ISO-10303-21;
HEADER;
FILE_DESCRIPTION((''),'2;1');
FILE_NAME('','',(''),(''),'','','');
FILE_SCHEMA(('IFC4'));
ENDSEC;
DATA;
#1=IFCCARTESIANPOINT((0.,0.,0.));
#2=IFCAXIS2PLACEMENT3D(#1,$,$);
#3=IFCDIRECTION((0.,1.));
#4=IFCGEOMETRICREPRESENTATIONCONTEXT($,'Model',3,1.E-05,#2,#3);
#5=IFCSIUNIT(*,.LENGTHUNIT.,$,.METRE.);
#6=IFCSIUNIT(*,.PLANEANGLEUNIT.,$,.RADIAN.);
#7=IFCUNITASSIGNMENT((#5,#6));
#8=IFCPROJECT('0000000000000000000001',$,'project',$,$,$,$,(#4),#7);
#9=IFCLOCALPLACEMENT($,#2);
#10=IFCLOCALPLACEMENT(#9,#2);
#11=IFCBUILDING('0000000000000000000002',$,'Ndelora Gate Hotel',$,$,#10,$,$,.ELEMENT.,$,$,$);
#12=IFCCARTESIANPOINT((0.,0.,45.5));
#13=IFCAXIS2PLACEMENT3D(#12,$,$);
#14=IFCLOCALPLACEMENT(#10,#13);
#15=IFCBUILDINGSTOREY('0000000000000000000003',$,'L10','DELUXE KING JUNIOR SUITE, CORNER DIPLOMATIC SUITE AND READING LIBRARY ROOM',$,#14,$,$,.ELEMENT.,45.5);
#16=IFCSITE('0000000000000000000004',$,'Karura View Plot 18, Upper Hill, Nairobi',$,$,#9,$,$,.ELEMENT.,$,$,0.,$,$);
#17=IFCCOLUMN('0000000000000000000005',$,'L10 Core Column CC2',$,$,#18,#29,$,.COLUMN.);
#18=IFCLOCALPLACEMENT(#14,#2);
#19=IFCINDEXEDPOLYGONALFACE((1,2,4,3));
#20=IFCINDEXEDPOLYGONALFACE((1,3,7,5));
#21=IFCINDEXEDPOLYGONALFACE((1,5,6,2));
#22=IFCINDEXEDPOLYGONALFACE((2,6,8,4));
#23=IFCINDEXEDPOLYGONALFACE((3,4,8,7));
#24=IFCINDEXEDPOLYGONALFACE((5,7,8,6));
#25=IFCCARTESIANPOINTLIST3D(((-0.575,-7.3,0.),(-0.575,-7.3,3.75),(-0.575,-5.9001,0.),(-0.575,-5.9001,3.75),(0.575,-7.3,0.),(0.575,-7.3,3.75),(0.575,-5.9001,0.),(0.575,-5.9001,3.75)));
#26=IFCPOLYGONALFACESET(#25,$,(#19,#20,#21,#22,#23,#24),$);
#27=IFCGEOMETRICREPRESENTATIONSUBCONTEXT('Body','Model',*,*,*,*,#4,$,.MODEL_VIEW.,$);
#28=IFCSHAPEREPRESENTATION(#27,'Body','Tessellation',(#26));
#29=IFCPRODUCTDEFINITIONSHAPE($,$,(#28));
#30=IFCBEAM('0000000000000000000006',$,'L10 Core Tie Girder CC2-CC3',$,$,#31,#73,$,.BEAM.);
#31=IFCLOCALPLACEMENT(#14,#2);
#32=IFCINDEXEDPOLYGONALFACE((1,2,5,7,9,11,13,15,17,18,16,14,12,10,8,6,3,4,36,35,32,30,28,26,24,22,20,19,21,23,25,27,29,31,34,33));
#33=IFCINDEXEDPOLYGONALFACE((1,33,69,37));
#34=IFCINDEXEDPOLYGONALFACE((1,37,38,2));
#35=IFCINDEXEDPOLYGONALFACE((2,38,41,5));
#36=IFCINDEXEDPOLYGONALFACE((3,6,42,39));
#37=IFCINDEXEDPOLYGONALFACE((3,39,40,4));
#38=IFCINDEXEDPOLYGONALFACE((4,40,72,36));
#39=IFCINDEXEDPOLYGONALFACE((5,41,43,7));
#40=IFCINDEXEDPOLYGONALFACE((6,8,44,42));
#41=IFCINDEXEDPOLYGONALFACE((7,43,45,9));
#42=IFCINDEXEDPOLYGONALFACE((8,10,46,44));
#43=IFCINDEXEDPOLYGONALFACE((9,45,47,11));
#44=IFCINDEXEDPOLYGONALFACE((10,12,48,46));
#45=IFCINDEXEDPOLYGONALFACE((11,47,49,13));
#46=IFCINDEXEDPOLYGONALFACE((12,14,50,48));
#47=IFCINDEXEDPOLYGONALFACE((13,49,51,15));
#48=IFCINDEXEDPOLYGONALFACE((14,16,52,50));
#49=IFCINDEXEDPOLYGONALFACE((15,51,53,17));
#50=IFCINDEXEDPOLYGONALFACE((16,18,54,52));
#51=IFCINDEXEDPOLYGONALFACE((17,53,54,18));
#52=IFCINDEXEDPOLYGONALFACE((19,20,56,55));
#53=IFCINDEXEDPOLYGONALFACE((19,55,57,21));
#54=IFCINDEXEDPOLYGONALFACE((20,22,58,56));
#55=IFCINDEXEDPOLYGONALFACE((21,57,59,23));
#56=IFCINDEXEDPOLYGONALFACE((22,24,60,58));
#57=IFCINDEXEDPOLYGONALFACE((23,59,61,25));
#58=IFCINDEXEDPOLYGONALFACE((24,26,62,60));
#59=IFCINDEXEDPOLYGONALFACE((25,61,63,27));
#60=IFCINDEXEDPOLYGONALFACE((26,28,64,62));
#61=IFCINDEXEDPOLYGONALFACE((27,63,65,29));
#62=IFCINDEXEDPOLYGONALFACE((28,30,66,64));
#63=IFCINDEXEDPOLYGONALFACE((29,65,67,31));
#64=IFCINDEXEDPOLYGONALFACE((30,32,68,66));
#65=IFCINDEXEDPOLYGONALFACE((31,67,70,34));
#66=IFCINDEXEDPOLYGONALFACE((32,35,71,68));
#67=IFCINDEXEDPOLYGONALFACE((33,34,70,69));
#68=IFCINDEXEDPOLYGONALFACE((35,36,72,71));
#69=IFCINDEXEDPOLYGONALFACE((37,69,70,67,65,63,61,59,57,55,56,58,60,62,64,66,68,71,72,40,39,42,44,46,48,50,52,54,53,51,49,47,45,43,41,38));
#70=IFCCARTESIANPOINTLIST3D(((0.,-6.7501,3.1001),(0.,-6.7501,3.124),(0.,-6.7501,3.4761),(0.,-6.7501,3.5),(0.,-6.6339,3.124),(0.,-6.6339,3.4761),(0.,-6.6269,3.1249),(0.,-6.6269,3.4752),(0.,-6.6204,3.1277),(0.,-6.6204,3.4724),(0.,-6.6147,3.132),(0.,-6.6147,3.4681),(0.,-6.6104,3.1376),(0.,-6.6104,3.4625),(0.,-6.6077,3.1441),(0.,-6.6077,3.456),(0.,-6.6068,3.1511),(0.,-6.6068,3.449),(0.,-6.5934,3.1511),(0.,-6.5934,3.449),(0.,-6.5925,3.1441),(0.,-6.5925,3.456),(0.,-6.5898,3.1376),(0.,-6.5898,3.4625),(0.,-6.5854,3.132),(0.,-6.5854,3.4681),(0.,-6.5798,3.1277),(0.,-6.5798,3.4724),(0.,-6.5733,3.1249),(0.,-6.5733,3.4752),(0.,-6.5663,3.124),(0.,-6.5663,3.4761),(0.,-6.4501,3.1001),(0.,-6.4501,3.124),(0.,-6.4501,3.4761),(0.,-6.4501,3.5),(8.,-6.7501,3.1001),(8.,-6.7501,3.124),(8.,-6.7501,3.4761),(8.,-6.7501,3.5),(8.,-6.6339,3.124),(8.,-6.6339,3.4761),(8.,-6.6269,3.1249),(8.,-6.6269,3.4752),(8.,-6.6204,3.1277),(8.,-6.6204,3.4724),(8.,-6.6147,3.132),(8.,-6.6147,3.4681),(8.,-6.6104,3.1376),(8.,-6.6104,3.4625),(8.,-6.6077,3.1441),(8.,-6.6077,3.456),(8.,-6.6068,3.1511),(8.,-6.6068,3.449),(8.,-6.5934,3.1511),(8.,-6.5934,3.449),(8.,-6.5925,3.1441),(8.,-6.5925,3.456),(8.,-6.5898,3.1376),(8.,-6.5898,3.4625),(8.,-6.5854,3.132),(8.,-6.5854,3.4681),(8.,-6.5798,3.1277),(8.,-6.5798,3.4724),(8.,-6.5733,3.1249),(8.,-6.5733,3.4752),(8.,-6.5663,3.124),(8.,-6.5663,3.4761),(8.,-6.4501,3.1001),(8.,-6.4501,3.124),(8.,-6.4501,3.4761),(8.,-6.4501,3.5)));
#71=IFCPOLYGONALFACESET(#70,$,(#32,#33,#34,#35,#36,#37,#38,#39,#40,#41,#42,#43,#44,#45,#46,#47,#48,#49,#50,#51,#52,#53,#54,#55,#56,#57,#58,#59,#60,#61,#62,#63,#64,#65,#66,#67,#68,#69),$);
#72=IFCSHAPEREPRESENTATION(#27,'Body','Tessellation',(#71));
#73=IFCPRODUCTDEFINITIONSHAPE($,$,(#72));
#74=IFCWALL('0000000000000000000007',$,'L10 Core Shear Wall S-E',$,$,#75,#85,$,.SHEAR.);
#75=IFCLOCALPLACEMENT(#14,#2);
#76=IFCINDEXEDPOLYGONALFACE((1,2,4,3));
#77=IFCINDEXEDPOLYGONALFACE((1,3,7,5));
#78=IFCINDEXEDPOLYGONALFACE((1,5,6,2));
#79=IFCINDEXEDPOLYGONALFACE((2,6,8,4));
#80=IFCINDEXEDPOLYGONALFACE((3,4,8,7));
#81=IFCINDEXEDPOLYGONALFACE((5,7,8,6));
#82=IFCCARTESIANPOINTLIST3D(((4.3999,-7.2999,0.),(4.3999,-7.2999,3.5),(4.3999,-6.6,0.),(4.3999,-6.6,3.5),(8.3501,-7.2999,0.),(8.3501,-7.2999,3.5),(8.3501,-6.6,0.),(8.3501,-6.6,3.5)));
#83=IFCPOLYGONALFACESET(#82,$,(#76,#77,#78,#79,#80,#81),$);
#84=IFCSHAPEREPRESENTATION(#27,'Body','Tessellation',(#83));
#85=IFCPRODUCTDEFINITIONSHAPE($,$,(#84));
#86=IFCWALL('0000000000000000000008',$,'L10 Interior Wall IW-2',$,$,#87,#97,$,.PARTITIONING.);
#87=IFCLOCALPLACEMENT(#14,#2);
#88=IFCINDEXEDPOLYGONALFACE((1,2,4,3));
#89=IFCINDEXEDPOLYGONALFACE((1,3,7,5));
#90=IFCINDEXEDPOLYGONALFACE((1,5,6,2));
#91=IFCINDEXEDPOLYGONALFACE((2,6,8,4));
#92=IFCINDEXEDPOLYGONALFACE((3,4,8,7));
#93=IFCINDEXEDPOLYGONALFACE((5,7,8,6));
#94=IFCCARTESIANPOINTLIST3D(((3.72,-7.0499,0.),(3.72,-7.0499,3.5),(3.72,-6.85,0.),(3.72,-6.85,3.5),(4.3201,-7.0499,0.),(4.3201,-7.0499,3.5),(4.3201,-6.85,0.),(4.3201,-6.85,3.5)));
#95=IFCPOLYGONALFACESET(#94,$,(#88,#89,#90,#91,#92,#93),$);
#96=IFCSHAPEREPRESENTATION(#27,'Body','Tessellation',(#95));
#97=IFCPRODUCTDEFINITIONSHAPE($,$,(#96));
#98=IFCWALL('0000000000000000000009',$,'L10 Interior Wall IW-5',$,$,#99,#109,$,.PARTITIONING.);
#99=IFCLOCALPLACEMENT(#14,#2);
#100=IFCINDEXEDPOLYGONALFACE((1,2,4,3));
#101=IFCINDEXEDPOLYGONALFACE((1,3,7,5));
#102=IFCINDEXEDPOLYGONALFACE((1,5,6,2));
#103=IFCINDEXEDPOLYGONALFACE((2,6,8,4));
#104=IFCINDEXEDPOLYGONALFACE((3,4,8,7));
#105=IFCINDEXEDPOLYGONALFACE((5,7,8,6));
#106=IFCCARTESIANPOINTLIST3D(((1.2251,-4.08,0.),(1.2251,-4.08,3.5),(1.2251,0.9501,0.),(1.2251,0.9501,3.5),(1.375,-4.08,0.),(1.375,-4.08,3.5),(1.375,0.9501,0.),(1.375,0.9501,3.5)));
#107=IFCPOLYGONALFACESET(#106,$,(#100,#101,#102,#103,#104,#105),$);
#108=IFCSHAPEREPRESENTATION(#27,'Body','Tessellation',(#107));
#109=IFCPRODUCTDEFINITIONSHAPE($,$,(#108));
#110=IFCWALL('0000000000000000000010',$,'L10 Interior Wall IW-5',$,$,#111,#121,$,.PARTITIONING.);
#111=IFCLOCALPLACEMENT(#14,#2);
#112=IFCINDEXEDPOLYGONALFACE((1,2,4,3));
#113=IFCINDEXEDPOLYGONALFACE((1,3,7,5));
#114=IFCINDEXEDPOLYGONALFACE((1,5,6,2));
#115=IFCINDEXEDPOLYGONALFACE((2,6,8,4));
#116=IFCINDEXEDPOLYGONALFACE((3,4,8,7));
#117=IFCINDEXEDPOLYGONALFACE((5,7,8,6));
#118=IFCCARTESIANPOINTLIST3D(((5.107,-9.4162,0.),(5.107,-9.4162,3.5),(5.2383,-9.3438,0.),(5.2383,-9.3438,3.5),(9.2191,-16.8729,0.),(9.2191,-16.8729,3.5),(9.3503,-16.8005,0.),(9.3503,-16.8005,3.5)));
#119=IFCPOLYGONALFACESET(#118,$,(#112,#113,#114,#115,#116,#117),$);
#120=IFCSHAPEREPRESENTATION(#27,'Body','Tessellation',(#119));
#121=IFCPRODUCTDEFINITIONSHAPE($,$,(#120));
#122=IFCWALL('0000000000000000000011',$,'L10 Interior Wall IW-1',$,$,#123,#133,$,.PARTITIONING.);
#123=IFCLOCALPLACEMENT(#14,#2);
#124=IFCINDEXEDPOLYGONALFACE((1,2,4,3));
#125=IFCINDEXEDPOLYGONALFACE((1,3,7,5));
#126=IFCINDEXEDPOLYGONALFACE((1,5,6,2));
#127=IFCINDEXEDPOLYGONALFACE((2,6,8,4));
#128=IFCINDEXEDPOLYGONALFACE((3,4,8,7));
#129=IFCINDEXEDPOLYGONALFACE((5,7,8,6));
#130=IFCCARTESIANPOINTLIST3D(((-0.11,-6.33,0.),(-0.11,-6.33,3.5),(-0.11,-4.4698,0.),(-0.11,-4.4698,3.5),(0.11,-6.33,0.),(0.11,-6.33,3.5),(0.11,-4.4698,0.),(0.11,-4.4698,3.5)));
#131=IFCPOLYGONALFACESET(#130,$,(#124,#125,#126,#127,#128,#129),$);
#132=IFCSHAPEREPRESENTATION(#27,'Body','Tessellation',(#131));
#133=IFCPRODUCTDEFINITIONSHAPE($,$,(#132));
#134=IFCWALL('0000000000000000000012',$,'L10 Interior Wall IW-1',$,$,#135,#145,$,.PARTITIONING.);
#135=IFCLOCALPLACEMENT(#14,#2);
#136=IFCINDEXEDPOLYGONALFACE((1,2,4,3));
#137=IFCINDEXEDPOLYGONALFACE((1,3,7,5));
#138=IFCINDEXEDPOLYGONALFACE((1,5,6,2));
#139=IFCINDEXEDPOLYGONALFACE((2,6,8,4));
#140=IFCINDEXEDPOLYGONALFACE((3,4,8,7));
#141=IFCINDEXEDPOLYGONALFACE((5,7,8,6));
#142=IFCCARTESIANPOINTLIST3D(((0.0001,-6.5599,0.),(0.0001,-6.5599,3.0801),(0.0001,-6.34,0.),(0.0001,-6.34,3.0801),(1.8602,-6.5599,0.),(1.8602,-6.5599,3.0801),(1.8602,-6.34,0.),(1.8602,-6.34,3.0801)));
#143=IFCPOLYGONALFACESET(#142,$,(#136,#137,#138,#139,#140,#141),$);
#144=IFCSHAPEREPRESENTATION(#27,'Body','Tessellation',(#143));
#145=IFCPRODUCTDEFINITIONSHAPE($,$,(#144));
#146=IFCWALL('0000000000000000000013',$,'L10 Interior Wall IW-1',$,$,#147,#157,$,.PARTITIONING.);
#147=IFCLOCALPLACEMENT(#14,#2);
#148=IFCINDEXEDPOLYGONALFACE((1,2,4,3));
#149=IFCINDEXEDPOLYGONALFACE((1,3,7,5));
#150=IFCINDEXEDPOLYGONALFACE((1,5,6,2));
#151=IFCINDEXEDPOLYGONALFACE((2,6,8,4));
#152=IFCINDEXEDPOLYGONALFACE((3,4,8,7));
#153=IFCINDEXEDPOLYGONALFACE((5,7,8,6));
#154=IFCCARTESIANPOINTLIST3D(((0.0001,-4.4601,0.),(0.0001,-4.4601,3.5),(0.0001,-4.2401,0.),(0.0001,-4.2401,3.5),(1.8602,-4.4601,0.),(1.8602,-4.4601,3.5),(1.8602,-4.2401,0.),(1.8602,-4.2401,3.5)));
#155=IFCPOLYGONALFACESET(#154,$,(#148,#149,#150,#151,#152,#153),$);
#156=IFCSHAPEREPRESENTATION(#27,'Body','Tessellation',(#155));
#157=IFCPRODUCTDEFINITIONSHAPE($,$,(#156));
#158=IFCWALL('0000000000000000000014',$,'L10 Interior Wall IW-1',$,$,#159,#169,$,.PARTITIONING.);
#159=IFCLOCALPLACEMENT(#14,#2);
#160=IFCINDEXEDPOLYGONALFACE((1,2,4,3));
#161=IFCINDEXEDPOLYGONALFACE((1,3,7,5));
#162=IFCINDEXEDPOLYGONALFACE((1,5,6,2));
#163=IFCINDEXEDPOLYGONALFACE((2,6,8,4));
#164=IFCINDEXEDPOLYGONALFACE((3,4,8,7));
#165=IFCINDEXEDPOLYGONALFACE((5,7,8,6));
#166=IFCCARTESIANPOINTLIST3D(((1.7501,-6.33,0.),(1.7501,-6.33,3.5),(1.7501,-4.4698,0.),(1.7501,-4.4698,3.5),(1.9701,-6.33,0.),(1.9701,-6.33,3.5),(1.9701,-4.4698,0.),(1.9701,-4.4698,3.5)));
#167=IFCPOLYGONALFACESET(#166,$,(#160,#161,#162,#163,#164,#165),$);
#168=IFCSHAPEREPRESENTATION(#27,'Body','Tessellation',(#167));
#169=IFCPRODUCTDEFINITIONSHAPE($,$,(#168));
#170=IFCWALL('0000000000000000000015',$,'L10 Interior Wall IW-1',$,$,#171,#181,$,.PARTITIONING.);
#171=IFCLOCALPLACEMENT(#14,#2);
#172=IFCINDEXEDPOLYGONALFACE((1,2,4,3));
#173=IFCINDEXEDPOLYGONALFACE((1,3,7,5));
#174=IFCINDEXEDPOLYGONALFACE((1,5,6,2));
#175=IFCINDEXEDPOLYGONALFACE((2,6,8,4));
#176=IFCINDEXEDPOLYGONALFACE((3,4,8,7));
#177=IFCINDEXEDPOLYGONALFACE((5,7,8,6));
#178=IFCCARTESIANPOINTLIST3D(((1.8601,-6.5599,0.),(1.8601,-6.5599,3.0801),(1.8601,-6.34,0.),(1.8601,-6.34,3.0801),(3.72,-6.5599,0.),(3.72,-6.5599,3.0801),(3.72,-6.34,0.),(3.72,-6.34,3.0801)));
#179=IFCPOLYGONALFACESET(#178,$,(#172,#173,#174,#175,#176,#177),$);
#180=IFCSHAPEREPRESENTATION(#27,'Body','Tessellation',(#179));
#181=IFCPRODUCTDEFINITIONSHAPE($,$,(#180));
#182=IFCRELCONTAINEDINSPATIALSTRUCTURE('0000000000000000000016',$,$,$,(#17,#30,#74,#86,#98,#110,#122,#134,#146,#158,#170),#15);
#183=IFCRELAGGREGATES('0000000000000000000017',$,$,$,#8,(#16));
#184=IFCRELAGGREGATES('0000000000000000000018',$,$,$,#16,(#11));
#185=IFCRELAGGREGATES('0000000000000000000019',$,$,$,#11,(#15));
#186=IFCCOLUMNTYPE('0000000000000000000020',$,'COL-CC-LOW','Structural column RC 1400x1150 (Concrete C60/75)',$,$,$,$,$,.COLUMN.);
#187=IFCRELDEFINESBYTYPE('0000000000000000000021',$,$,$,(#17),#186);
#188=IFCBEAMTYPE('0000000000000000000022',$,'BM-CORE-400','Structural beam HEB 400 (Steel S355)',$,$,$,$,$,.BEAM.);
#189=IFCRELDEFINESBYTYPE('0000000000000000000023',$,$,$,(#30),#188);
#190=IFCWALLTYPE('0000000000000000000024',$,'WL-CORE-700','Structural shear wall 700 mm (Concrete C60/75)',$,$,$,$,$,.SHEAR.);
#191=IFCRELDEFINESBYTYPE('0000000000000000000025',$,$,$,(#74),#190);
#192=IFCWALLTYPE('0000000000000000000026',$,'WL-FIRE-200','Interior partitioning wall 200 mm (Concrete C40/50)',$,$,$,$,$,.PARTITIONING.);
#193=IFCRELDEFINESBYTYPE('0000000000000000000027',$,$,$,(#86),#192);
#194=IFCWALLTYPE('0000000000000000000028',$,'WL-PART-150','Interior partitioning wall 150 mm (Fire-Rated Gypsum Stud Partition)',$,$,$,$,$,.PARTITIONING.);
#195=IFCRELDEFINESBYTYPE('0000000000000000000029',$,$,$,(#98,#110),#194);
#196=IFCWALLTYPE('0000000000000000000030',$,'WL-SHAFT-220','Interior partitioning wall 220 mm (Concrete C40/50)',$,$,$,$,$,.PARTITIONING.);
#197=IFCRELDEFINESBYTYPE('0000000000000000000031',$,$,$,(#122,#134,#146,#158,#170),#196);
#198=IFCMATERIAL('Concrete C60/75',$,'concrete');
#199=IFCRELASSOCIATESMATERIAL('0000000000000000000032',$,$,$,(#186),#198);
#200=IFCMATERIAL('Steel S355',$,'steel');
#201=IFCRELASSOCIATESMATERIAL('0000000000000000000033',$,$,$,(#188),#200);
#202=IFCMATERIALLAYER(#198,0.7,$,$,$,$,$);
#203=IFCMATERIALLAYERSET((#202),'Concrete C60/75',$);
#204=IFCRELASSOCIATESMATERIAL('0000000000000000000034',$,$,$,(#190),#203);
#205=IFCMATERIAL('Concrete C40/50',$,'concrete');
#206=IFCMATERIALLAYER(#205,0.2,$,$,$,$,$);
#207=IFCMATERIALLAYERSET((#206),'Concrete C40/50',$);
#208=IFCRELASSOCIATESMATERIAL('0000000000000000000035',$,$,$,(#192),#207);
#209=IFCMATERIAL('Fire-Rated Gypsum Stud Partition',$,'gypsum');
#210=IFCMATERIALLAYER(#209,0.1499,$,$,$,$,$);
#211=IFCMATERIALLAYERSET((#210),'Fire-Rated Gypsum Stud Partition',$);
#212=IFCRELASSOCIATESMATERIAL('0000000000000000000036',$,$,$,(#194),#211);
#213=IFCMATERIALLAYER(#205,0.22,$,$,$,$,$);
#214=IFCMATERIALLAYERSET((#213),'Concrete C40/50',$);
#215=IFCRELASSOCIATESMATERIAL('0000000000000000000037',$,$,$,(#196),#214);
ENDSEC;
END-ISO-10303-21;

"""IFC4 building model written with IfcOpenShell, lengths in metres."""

from ifc_helpers import new_model, si_unit, direction, frame, frame_2d, origin, origin_2d, place, context, subcontext, project, spatial, rectangle, i_section, extrude, material, layer, layer_set, material_profile, profile_set, type_object, element, save


model = new_model("IFC4")

# Units and contexts
model_context = context("Model", 3, precision=1e-05, world=origin(), true_north=direction((0.0, 1.0)))
body_context = subcontext(model_context, "Body", "Model", "MODEL_VIEW")
ifc_project = project(units=[si_unit("LENGTHUNIT", "METRE"), si_unit("PLANEANGLEUNIT", "RADIAN")], contexts=[model_context])

# Site, building, storey
site_placement = place(None, origin())
site = spatial("IfcSite", under=ifc_project, at=site_placement, Name="Karura View Plot 18, Upper Hill, Nairobi", CompositionType="ELEMENT", RefElevation=0.0)
building_placement = place(site_placement, origin())
building = spatial("IfcBuilding", under=site, at=building_placement, Name="Ndelora Gate Hotel", CompositionType="ELEMENT")
storey_placement = place(building_placement, frame((0.0, 0.0, 45.5)))
storey = spatial("IfcBuildingStorey", under=building, at=storey_placement, Name="L10", Description="DELUXE KING JUNIOR SUITE, CORNER DIPLOMATIC SUITE AND READING LIBRARY ROOM", CompositionType="ELEMENT", Elevation=45.5)

# Column
ifc_material_1 = material(Name="Concrete C60/75", Category="concrete")
ifc_material_profile_1 = material_profile(ifc_material_1, rectangle(XDim=1.1499, YDim=1.3999, at=origin_2d()), Name="RC 1400x1150")
ifc_profile_set_1 = profile_set([ifc_material_profile_1], Name="Concrete C60/75")
column_type = type_object("IfcColumnType", Name="COL-CC-LOW", Description="Structural column RC 1400x1150 (Concrete C60/75)", PredefinedType="COLUMN", material=ifc_profile_set_1)
column_placement = place(storey_placement, frame((0.0, -6.6001, 0.0), z_axis=(0.0, 0.0, 1.0), x_axis=(1.0, 0.0, 0.0)))
element("IfcColumn", 1, at=column_placement, inside=storey, type_object=column_type, Name="L10 Core Column CC2", PredefinedType="COLUMN", context=body_context, shape_type="SweptSolid", body=[
    extrude(rectangle(XDim=1.1499, YDim=1.3999, at=origin_2d()), origin(), (0.0, 0.0, 1.0), 3.75),
])

# Beam
ifc_material_2 = material(Name="Steel S355", Category="steel")
ifc_material_profile_2 = material_profile(ifc_material_2, i_section(OverallWidth=0.3, OverallDepth=0.3999, WebThickness=0.0134, FlangeThickness=0.0239, FilletRadius=0.0271, at=origin_2d()), Name="HEB 400")
ifc_profile_set_2 = profile_set([ifc_material_profile_2], Name="Steel S355")
beam_type = type_object("IfcBeamType", Name="BM-CORE-400", Description="Structural beam HEB 400 (Steel S355)", PredefinedType="BEAM", material=ifc_profile_set_2)
beam_placement = place(storey_placement, frame((0.0, -6.6001, 3.3), z_axis=(1.0, 0.0, 0.0), x_axis=(0.0, 1.0, 0.0)))
element("IfcBeam", 2, at=beam_placement, inside=storey, type_object=beam_type, Name="L10 Core Tie Girder CC2-CC3", PredefinedType="BEAM", context=body_context, shape_type="SweptSolid", body=[
    extrude(i_section(OverallWidth=0.3, OverallDepth=0.3999, WebThickness=0.0134, FlangeThickness=0.0239, FilletRadius=0.0271, at=origin_2d()), origin(), (0.0, 0.0, 1.0), 8.0),
])

# Walls
ifc_layer_1 = layer(ifc_material_1, 0.7)
ifc_layer_set_1 = layer_set([ifc_layer_1], Name="Concrete C60/75")
wall_type_1 = type_object("IfcWallType", Name="WL-CORE-700", Description="Structural shear wall 700 mm (Concrete C60/75)", PredefinedType="SHEAR", material=ifc_layer_set_1)
wall_1_placement = place(storey_placement, frame((4.3999, -6.95, 0.0), z_axis=(0.0, 0.0, 1.0), x_axis=(1.0, 0.0, 0.0)))
element("IfcWall", 3, at=wall_1_placement, inside=storey, type_object=wall_type_1, Name="L10 Core Shear Wall S-E", PredefinedType="SHEAR", context=body_context, shape_type="SweptSolid", body=[
    extrude(rectangle(XDim=3.9502, YDim=0.7, at=frame_2d((1.9751, 0.0))), origin(), (0.0, 0.0, 1.0), 3.5),
])
ifc_material_3 = material(Name="Concrete C40/50", Category="concrete")
ifc_layer_2 = layer(ifc_material_3, 0.2)
ifc_layer_set_2 = layer_set([ifc_layer_2], Name="Concrete C40/50")
wall_type_2 = type_object("IfcWallType", Name="WL-FIRE-200", Description="Interior partitioning wall 200 mm (Concrete C40/50)", PredefinedType="PARTITIONING", material=ifc_layer_set_2)
wall_2_placement = place(storey_placement, frame((3.72, -6.95, 0.0), z_axis=(0.0, 0.0, 1.0), x_axis=(1.0, 0.0, 0.0)))
element("IfcWall", 4, at=wall_2_placement, inside=storey, type_object=wall_type_2, Name="L10 Interior Wall IW-2", PredefinedType="PARTITIONING", context=body_context, shape_type="SweptSolid", body=[
    extrude(rectangle(XDim=0.6001, YDim=0.2, at=frame_2d((0.3, 0.0))), origin(), (0.0, 0.0, 1.0), 3.5),
])
ifc_material_4 = material(Name="Fire-Rated Gypsum Stud Partition", Category="gypsum")
ifc_layer_3 = layer(ifc_material_4, 0.1499)
ifc_layer_set_3 = layer_set([ifc_layer_3], Name="Fire-Rated Gypsum Stud Partition")
wall_type_3 = type_object("IfcWallType", Name="WL-PART-150", Description="Interior partitioning wall 150 mm (Fire-Rated Gypsum Stud Partition)", PredefinedType="PARTITIONING", material=ifc_layer_set_3)
wall_3_placement = place(storey_placement, frame((1.3, -4.0801, 0.0), z_axis=(0.0, 0.0, 1.0), x_axis=(0.0, 1.0, 0.0)))
element("IfcWall", 5, at=wall_3_placement, inside=storey, type_object=wall_type_3, Name="L10 Interior Wall IW-5", PredefinedType="PARTITIONING", context=body_context, shape_type="SweptSolid", body=[
    extrude(rectangle(XDim=5.03, YDim=0.1499, at=frame_2d((2.5151, 0.0))), origin(), (0.0, 0.0, 1.0), 3.5),
])
wall_4_placement = place(storey_placement, frame((5.1726, -9.3799, 0.0), z_axis=(0.0, 0.0, 1.0), x_axis=(0.482895, -0.875678, 0.0)))
element("IfcWall", 6, at=wall_4_placement, inside=storey, type_object=wall_type_3, Name="L10 Interior Wall IW-5", PredefinedType="PARTITIONING", context=body_context, shape_type="SweptSolid", body=[
    extrude(rectangle(XDim=8.5154, YDim=0.1499, at=frame_2d((4.2578, 0.0))), origin(), (0.0, 0.0, 1.0), 3.5),
])
ifc_layer_4 = layer(ifc_material_3, 0.22)
ifc_layer_set_4 = layer_set([ifc_layer_4], Name="Concrete C40/50")
wall_type_4 = type_object("IfcWallType", Name="WL-SHAFT-220", Description="Interior partitioning wall 220 mm (Concrete C40/50)", PredefinedType="PARTITIONING", material=ifc_layer_set_4)
wall_5_placement = place(storey_placement, frame((0.0, -6.3301, 0.0), z_axis=(0.0, 0.0, 1.0), x_axis=(0.0, 1.0, 0.0)))
element("IfcWall", 7, at=wall_5_placement, inside=storey, type_object=wall_type_4, Name="L10 Interior Wall IW-1", PredefinedType="PARTITIONING", context=body_context, shape_type="SweptSolid", body=[
    extrude(rectangle(XDim=1.8601, YDim=0.22, at=frame_2d((0.9302, 0.0))), origin(), (0.0, 0.0, 1.0), 3.5),
])
wall_6_placement = place(storey_placement, frame((0.0, -6.45, 0.0), z_axis=(0.0, 0.0, 1.0), x_axis=(1.0, 0.0, 0.0)))
element("IfcWall", 8, at=wall_6_placement, inside=storey, type_object=wall_type_4, Name="L10 Interior Wall IW-1", PredefinedType="PARTITIONING", context=body_context, shape_type="SweptSolid", body=[
    extrude(rectangle(XDim=1.8601, YDim=0.22, at=frame_2d((0.9302, 0.0))), origin(), (0.0, 0.0, 1.0), 3.0801),
])
for number, where, z_axis, x_axis, name in (
    (9, (0.0, -4.3501, 0.0), (0.0, 0.0, 1.0), (1.0, 0.0, 0.0), "L10 Interior Wall IW-1"),
    (10, (1.8601, -6.3301, 0.0), (0.0, 0.0, 1.0), (0.0, 1.0, 0.0), "L10 Interior Wall IW-1"),
):
    element("IfcWall", number, at=place(storey_placement, frame(where, z_axis=z_axis, x_axis=x_axis)), inside=storey, type_object=wall_type_4, Name=name, PredefinedType="PARTITIONING", context=body_context, shape_type="SweptSolid", body=[
        extrude(rectangle(XDim=1.8601, YDim=0.22, at=frame_2d((0.9302, 0.0))), origin(), (0.0, 0.0, 1.0), 3.5),
    ])
wall_7_placement = place(storey_placement, frame((1.8601, -6.45, 0.0), z_axis=(0.0, 0.0, 1.0), x_axis=(1.0, 0.0, 0.0)))
element("IfcWall", 11, at=wall_7_placement, inside=storey, type_object=wall_type_4, Name="L10 Interior Wall IW-1", PredefinedType="PARTITIONING", context=body_context, shape_type="SweptSolid", body=[
    extrude(rectangle(XDim=1.8599, YDim=0.22, at=frame_2d((0.9299, 0.0))), origin(), (0.0, 0.0, 1.0), 3.0801),
])

save(model, "model.ifc")
